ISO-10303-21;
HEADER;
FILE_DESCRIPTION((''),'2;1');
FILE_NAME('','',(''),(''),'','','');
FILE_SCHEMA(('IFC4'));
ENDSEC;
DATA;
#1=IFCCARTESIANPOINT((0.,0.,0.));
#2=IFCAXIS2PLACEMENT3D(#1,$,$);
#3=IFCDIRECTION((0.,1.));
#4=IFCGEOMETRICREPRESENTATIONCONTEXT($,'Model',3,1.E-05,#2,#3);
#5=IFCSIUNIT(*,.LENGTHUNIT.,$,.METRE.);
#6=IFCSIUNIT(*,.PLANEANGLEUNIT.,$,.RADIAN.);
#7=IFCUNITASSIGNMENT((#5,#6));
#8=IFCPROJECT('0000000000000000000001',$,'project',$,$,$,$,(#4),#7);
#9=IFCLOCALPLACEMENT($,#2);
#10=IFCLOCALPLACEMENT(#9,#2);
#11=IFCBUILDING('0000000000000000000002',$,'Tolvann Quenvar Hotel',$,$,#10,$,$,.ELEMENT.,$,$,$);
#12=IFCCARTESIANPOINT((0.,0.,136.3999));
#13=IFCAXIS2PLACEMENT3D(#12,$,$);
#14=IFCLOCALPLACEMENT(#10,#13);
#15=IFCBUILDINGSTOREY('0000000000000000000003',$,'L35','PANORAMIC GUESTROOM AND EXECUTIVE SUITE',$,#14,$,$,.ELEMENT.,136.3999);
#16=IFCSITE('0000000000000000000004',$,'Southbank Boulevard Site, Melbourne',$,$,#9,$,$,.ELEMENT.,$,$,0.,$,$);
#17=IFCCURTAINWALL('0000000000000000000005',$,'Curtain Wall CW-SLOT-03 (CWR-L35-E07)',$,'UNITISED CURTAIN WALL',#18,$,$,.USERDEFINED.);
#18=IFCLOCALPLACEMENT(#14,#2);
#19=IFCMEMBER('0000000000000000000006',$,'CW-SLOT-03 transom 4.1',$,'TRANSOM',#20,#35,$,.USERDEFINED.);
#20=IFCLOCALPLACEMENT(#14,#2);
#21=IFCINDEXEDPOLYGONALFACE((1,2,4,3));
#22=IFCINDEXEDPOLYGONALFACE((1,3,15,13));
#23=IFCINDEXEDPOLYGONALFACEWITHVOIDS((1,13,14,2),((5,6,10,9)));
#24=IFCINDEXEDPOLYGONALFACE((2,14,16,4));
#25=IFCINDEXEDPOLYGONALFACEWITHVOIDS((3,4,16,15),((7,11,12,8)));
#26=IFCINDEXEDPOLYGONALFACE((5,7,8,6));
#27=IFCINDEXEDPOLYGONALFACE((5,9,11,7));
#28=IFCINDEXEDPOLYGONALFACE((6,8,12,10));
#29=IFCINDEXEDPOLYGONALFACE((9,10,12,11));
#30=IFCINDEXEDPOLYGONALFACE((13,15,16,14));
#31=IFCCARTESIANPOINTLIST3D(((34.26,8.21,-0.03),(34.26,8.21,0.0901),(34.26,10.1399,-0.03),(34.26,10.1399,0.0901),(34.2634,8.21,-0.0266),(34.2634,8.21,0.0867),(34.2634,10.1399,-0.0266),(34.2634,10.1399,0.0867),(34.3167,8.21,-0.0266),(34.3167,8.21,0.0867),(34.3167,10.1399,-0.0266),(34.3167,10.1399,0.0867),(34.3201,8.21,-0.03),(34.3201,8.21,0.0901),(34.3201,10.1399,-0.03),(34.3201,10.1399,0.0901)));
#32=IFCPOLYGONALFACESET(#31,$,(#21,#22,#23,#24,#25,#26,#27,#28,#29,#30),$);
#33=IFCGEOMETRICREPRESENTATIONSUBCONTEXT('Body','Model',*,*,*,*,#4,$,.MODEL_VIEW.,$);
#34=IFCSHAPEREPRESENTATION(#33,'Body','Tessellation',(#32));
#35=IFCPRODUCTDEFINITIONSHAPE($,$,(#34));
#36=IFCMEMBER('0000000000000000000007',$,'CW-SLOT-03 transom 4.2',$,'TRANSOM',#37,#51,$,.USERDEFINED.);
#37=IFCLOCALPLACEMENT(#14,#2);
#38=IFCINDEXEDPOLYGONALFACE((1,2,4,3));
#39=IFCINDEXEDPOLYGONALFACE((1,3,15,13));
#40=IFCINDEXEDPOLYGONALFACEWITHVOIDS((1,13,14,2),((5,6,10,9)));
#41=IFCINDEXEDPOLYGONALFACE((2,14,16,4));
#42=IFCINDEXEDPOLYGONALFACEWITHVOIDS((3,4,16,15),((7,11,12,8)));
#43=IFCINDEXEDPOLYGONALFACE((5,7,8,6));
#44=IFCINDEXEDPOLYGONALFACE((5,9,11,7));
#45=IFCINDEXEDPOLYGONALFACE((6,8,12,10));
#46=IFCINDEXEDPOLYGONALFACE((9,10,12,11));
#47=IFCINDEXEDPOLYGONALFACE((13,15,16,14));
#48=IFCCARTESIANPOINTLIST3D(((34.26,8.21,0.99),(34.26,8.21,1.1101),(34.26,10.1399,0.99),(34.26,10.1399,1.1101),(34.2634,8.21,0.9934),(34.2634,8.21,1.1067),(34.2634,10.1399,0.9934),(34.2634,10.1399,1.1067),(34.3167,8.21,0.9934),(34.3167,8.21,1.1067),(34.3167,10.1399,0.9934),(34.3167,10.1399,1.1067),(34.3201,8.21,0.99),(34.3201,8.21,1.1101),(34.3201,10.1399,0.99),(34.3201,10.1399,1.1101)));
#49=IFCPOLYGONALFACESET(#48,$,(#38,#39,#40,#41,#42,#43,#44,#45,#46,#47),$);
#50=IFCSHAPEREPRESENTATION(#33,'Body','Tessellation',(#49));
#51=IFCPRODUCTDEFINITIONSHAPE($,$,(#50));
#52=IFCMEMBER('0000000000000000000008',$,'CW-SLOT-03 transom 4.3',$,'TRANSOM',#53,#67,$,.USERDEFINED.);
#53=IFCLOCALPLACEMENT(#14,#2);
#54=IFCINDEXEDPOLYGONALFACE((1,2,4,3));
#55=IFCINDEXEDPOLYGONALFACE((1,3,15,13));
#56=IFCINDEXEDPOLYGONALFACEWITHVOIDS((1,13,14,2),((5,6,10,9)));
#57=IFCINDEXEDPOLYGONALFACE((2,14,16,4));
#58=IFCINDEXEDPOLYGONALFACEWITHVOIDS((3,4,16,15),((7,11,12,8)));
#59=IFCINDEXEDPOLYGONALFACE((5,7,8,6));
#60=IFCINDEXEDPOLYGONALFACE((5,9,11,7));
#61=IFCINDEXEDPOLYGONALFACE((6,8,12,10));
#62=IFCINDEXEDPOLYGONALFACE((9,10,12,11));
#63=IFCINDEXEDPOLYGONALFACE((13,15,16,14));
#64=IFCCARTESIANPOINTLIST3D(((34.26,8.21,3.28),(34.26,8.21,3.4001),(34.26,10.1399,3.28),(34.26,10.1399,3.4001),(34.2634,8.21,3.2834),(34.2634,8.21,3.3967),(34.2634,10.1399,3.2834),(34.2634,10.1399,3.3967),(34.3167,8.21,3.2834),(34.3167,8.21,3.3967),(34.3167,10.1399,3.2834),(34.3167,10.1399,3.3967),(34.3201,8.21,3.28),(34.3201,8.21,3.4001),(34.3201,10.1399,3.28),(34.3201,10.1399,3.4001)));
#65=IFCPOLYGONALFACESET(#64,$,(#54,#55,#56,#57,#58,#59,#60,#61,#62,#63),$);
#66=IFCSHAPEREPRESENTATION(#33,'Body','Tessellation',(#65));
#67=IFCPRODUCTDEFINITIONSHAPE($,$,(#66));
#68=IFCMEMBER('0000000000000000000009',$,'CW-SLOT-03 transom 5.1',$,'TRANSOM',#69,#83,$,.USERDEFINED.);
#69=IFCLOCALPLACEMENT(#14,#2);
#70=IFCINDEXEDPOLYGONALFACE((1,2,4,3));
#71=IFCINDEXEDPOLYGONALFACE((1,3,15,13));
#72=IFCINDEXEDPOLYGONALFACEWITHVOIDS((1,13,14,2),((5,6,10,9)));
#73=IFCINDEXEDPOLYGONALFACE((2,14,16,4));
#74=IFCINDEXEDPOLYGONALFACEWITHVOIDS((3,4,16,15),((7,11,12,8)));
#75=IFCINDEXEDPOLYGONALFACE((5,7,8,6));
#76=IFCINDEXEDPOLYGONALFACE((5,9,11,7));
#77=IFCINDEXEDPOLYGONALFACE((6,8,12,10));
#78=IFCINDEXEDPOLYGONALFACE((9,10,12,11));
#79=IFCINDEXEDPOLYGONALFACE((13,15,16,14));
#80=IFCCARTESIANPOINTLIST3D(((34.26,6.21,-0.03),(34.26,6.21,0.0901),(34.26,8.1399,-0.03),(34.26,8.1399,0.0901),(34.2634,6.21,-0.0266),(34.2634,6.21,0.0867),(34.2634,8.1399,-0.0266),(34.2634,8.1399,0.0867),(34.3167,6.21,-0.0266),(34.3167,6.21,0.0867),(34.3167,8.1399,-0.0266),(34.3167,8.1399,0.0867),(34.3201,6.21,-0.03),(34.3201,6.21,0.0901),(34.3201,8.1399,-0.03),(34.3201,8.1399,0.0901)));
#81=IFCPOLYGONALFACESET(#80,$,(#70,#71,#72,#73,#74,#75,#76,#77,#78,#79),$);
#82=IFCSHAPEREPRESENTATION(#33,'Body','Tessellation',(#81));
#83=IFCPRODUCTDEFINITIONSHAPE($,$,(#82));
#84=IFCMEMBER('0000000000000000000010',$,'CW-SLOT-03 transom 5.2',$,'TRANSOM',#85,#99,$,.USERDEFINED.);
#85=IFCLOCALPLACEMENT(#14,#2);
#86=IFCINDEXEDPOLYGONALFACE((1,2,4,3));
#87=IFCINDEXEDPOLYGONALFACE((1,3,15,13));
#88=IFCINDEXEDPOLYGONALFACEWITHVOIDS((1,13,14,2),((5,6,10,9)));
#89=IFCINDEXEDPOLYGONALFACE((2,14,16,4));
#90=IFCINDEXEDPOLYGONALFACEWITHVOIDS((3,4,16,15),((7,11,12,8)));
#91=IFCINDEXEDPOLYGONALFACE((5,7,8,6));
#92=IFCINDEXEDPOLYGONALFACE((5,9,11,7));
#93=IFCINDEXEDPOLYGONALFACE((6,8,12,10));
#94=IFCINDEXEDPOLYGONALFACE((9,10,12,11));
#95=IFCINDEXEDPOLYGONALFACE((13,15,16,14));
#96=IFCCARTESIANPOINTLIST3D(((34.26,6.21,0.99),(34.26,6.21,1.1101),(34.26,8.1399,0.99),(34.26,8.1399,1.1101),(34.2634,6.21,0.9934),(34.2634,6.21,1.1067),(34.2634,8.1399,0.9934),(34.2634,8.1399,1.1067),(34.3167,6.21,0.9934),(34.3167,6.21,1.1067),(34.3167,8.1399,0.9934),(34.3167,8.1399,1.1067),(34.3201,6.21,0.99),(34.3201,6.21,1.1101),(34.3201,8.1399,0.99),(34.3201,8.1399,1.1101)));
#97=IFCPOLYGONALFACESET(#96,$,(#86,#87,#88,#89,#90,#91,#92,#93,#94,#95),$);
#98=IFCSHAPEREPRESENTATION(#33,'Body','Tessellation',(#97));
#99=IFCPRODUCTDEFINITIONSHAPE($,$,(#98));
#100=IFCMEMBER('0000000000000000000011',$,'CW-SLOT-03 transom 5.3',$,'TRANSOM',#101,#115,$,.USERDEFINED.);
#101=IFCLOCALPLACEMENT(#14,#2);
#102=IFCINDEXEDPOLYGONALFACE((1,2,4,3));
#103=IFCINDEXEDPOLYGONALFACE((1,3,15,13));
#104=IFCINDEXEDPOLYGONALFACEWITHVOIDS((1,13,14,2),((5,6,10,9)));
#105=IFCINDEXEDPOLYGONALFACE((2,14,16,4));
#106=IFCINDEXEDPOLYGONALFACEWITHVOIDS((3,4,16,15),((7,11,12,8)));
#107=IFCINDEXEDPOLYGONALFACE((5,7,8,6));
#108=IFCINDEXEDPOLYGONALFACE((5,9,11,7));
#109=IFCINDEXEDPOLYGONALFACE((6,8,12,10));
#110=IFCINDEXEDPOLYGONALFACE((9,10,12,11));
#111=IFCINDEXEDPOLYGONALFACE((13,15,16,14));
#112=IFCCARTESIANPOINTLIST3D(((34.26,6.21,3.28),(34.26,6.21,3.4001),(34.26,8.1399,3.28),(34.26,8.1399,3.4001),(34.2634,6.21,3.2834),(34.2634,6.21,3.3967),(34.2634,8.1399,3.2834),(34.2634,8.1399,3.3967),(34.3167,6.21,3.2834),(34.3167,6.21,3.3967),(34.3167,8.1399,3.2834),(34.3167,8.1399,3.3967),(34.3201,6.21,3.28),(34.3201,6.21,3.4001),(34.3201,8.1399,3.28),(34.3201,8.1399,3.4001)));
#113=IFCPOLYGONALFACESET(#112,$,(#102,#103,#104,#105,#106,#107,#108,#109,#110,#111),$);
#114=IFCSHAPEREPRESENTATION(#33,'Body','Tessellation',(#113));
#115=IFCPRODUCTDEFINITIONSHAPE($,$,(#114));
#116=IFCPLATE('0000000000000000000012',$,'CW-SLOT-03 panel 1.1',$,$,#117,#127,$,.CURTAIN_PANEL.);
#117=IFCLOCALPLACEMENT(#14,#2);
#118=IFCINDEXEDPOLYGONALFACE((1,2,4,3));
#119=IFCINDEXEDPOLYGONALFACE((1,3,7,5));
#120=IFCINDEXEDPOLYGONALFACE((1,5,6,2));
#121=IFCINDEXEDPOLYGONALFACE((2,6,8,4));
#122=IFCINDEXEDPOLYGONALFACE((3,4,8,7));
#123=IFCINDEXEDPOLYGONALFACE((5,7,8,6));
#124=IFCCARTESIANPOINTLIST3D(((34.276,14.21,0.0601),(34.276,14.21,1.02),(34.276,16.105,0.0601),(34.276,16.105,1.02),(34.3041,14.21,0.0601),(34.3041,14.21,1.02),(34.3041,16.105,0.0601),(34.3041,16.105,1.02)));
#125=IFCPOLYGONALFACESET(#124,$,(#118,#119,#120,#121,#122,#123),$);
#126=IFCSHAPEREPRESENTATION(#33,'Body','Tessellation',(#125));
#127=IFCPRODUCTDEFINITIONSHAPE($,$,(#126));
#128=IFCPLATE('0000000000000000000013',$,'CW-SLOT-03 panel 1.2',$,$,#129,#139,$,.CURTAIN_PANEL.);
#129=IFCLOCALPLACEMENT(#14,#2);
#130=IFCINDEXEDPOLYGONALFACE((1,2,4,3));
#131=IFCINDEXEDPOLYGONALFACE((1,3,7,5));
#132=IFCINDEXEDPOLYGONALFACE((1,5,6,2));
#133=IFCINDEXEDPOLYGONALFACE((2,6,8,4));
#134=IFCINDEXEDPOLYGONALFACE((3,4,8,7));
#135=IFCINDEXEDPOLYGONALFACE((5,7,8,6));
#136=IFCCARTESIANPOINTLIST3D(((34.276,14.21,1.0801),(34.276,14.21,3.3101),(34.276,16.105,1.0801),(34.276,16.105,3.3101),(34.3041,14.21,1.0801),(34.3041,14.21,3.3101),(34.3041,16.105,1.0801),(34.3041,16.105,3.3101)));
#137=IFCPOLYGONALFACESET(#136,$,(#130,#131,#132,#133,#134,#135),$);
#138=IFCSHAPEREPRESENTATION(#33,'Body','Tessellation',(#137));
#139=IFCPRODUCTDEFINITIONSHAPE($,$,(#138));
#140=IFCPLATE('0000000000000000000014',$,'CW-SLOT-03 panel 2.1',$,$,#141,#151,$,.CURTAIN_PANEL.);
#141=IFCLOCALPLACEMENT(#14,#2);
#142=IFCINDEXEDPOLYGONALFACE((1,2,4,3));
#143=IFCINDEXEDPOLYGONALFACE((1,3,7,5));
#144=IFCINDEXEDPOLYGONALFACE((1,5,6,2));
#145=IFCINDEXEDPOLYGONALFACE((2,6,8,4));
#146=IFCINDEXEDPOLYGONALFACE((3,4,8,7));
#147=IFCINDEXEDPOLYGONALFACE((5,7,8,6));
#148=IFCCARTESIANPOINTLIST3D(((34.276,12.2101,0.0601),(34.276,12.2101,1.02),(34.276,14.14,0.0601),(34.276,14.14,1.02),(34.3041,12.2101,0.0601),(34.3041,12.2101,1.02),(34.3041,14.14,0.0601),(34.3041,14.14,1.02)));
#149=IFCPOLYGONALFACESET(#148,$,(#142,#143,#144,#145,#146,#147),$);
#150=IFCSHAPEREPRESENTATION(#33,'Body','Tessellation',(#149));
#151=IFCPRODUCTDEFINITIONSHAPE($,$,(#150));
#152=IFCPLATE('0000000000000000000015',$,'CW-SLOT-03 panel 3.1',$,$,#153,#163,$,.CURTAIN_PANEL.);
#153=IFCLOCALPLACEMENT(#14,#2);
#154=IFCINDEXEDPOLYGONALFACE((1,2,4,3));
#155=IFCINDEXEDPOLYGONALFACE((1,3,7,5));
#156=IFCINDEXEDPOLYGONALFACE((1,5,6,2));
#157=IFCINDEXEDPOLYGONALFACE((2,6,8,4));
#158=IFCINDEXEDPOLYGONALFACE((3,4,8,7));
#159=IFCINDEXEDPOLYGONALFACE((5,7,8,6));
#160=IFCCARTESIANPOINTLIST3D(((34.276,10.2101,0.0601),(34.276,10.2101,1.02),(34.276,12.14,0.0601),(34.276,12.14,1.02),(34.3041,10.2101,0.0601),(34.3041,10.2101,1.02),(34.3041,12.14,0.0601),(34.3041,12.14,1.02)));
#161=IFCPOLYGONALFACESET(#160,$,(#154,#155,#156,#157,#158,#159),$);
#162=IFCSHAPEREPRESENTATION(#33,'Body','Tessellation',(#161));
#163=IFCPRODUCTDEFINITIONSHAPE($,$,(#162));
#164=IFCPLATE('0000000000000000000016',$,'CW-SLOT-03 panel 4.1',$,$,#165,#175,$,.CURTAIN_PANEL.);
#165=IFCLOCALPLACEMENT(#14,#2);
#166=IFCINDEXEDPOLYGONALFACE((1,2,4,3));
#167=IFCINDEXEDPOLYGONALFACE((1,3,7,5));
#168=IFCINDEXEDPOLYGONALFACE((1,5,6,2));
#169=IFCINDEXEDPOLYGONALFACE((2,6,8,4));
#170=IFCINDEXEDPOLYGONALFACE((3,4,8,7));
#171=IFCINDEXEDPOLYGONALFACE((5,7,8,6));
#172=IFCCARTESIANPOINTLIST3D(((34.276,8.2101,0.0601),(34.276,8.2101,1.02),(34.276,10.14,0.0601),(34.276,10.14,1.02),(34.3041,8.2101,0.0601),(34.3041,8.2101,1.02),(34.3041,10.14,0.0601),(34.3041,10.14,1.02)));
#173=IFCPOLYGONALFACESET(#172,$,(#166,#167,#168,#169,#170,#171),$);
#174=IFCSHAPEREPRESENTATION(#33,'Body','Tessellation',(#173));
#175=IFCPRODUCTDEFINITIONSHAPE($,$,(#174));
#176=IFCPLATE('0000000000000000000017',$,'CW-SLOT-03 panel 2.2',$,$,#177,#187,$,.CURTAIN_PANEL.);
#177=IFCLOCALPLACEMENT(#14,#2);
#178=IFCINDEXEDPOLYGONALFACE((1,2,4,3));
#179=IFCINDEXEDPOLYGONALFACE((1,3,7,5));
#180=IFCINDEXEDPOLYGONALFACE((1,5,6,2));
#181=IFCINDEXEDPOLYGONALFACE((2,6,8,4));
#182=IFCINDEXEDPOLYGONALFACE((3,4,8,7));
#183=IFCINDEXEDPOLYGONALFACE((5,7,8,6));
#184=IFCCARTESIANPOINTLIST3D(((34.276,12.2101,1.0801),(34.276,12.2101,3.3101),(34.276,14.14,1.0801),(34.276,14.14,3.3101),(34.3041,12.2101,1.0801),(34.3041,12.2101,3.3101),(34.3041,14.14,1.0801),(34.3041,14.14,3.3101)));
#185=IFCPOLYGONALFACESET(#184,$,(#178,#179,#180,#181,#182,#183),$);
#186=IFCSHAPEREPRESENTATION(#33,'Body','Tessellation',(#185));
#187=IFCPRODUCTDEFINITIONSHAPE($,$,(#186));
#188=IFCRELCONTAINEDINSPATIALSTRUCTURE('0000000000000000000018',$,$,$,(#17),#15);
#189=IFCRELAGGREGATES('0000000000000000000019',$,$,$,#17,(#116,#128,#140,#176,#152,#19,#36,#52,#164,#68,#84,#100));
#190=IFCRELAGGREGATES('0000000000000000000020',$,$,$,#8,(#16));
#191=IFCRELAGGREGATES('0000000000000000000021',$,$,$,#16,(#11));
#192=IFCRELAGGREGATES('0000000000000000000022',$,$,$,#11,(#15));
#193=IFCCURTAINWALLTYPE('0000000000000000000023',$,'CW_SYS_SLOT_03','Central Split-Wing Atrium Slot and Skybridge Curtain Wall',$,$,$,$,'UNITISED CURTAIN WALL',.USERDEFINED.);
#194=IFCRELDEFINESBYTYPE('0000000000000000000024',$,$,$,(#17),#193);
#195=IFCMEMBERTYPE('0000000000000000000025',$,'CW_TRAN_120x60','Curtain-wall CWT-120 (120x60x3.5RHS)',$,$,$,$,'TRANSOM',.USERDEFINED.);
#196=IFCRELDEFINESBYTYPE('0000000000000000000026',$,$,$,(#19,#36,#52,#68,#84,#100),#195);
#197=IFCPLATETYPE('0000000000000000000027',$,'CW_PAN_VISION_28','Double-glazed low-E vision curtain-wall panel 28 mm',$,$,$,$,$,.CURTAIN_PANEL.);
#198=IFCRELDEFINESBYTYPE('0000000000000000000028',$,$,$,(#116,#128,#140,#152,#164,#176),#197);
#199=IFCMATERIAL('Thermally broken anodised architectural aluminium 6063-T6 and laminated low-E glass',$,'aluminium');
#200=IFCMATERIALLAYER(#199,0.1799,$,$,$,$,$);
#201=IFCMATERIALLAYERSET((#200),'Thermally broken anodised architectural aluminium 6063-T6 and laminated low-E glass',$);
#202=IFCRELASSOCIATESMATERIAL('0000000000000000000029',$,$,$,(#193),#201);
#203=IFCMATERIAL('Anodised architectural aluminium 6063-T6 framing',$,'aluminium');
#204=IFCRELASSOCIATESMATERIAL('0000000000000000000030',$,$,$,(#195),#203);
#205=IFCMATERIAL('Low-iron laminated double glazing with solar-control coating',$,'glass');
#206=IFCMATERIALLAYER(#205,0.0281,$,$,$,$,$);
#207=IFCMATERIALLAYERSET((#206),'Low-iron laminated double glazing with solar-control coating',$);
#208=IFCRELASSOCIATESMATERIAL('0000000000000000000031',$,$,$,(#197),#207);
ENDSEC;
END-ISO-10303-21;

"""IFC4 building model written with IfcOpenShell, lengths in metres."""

from ifc_helpers import new_model, si_unit, direction, frame, origin, origin_2d, place, context, subcontext, project, spatial, rectangle, hollow_rectangle, extrude, source, transform, mapped, material, layer, layer_set, material_profile, profile_set, type_object, type_shapes, element, aggregate, save


model = new_model("IFC4")

# Units and contexts
model_context = context("Model", 3, precision=1e-05, world=origin(), true_north=direction((0.0, 1.0)))
body_context = subcontext(model_context, "Body", "Model", "MODEL_VIEW")
ifc_project = project(units=[si_unit("LENGTHUNIT", "METRE"), si_unit("PLANEANGLEUNIT", "RADIAN")], contexts=[model_context])

# Site, building, storey
site_placement = place(None, origin())
site = spatial("IfcSite", under=ifc_project, at=site_placement, Name="Southbank Boulevard Site, Melbourne", CompositionType="ELEMENT", RefElevation=0.0)
building_placement = place(site_placement, origin())
building = spatial("IfcBuilding", under=site, at=building_placement, Name="Tolvann Quenvar Hotel", CompositionType="ELEMENT")
storey_placement = place(building_placement, frame((0.0, 0.0, 136.3999)))
storey = spatial("IfcBuildingStorey", under=building, at=storey_placement, Name="L35", Description="PANORAMIC GUESTROOM AND EXECUTIVE SUITE", CompositionType="ELEMENT", Elevation=136.3999)

# Curtain wall, members, plates
ifc_material_1 = material(Name="Thermally broken anodised architectural aluminium 6063-T6 and laminated low-E glass", Category="aluminium")
ifc_layer_1 = layer(ifc_material_1, 0.1799)
ifc_layer_set_1 = layer_set([ifc_layer_1], Name="Thermally broken anodised architectural aluminium 6063-T6 and laminated low-E glass")
curtain_wall_type = type_object("IfcCurtainWallType", Name="CW_SYS_SLOT_03", Description="Central Split-Wing Atrium Slot and Skybridge Curtain Wall", ElementType="UNITISED CURTAIN WALL", PredefinedType="USERDEFINED", material=ifc_layer_set_1)
curtain_wall_placement = place(storey_placement, origin())
curtain_wall = element("IfcCurtainWall", 1, at=curtain_wall_placement, inside=storey, type_object=curtain_wall_type, Name="Curtain Wall CW-SLOT-03 (CWR-L35-E07)", ObjectType="UNITISED CURTAIN WALL", PredefinedType="USERDEFINED")
ifc_material_2 = material(Name="Anodised architectural aluminium 6063-T6 framing", Category="aluminium")
ifc_material_profile_1 = material_profile(ifc_material_2, hollow_rectangle(XDim=0.0601, YDim=0.1201, WallThickness=0.0034, at=origin_2d()), Name="120x60x3.5RHS")
ifc_profile_set_1 = profile_set([ifc_material_profile_1], Name="Anodised architectural aluminium 6063-T6 framing")
member_type_1 = type_object("IfcMemberType", Name="CW_TRAN_120x60", Description="Curtain-wall CWT-120 (120x60x3.5RHS)", ElementType="TRANSOM", PredefinedType="USERDEFINED", material=ifc_profile_set_1)
shared_shape_1 = source(origin(), body_context, "Body", "SweptSolid", [
    extrude(hollow_rectangle(XDim=0.0601, YDim=0.1201, WallThickness=0.0034, at=origin_2d()), origin(), (0.0, 0.0, 1.0), 1.9299),
])
type_shapes(member_type_1, [shared_shape_1])
member_1_placement = place(storey_placement, frame((34.29, 10.1399, 0.03), z_axis=(0.0, -1.0, 0.0), x_axis=(1.0, 0.0, 0.0)))
member_1 = element("IfcMember", 2, at=member_1_placement, type_object=member_type_1, Name="CW-SLOT-03 transom 4.1", ObjectType="TRANSOM", PredefinedType="USERDEFINED", context=body_context, shape_type="MappedRepresentation", body=[
    mapped(shared_shape_1, transform((0.0, 0.0, 0.0), x_axis=(1.0, 0.0, 0.0), y_axis=(0.0, 1.0, 0.0), z_axis=(0.0, 0.0, 1.0), scale=1.0)),
])
member_2_placement = place(storey_placement, frame((34.29, 10.1399, 1.05), z_axis=(0.0, -1.0, 0.0), x_axis=(1.0, 0.0, 0.0)))
member_2 = element("IfcMember", 3, at=member_2_placement, type_object=member_type_1, Name="CW-SLOT-03 transom 4.2", ObjectType="TRANSOM", PredefinedType="USERDEFINED", context=body_context, shape_type="MappedRepresentation", body=[
    mapped(shared_shape_1, transform((0.0, 0.0, 0.0), x_axis=(1.0, 0.0, 0.0), y_axis=(0.0, 1.0, 0.0), z_axis=(0.0, 0.0, 1.0), scale=1.0)),
])
member_3_placement = place(storey_placement, frame((34.29, 10.1399, 3.3401), z_axis=(0.0, -1.0, 0.0), x_axis=(1.0, 0.0, 0.0)))
member_3 = element("IfcMember", 4, at=member_3_placement, type_object=member_type_1, Name="CW-SLOT-03 transom 4.3", ObjectType="TRANSOM", PredefinedType="USERDEFINED", context=body_context, shape_type="MappedRepresentation", body=[
    mapped(shared_shape_1, transform((0.0, 0.0, 0.0), x_axis=(1.0, 0.0, 0.0), y_axis=(0.0, 1.0, 0.0), z_axis=(0.0, 0.0, 1.0), scale=1.0)),
])
member_4_placement = place(storey_placement, frame((34.29, 8.1399, 0.03), z_axis=(0.0, -1.0, 0.0), x_axis=(1.0, 0.0, 0.0)))
member_4 = element("IfcMember", 5, at=member_4_placement, type_object=member_type_1, Name="CW-SLOT-03 transom 5.1", ObjectType="TRANSOM", PredefinedType="USERDEFINED", context=body_context, shape_type="MappedRepresentation", body=[
    mapped(shared_shape_1, transform((0.0, 0.0, 0.0), x_axis=(1.0, 0.0, 0.0), y_axis=(0.0, 1.0, 0.0), z_axis=(0.0, 0.0, 1.0), scale=1.0)),
])
member_5_placement = place(storey_placement, frame((34.29, 8.1399, 1.05), z_axis=(0.0, -1.0, 0.0), x_axis=(1.0, 0.0, 0.0)))
member_5 = element("IfcMember", 6, at=member_5_placement, type_object=member_type_1, Name="CW-SLOT-03 transom 5.2", ObjectType="TRANSOM", PredefinedType="USERDEFINED", context=body_context, shape_type="MappedRepresentation", body=[
    mapped(shared_shape_1, transform((0.0, 0.0, 0.0), x_axis=(1.0, 0.0, 0.0), y_axis=(0.0, 1.0, 0.0), z_axis=(0.0, 0.0, 1.0), scale=1.0)),
])
member_6_placement = place(storey_placement, frame((34.29, 8.1399, 3.3401), z_axis=(0.0, -1.0, 0.0), x_axis=(1.0, 0.0, 0.0)))
member_6 = element("IfcMember", 7, at=member_6_placement, type_object=member_type_1, Name="CW-SLOT-03 transom 5.3", ObjectType="TRANSOM", PredefinedType="USERDEFINED", context=body_context, shape_type="MappedRepresentation", body=[
    mapped(shared_shape_1, transform((0.0, 0.0, 0.0), x_axis=(1.0, 0.0, 0.0), y_axis=(0.0, 1.0, 0.0), z_axis=(0.0, 0.0, 1.0), scale=1.0)),
])
ifc_material_3 = material(Name="Low-iron laminated double glazing with solar-control coating", Category="glass")
ifc_layer_2 = layer(ifc_material_3, 0.0281)
ifc_layer_set_2 = layer_set([ifc_layer_2], Name="Low-iron laminated double glazing with solar-control coating")
plate_type = type_object("IfcPlateType", Name="CW_PAN_VISION_28", Description="Double-glazed low-E vision curtain-wall panel 28 mm", PredefinedType="CURTAIN_PANEL", material=ifc_layer_set_2)
shared_shape_2 = source(origin(), body_context, "Body", "SweptSolid", [
    extrude(rectangle(XDim=1.895, YDim=0.0281, at=origin_2d()), origin(), (0.0, 0.0, 1.0), 0.96),
])
plate_1_placement = place(storey_placement, frame((34.29, 15.1575, 0.0601), z_axis=(0.0, 0.0, 1.0), x_axis=(0.0, -1.0, 0.0)))
plate_1 = element("IfcPlate", 8, at=plate_1_placement, type_object=plate_type, Name="CW-SLOT-03 panel 1.1", PredefinedType="CURTAIN_PANEL", context=body_context, shape_type="MappedRepresentation", body=[
    mapped(shared_shape_2, transform((0.0, 0.0, 0.0), x_axis=(1.0, 0.0, 0.0), y_axis=(0.0, 1.0, 0.0), z_axis=(0.0, 0.0, 1.0), scale=1.0)),
])
shared_shape_3 = source(origin(), body_context, "Body", "SweptSolid", [
    extrude(rectangle(XDim=1.895, YDim=0.0281, at=origin_2d()), origin(), (0.0, 0.0, 1.0), 2.23),
])
plate_2_placement = place(storey_placement, frame((34.29, 15.1575, 1.0801), z_axis=(0.0, 0.0, 1.0), x_axis=(0.0, -1.0, 0.0)))
plate_2 = element("IfcPlate", 9, at=plate_2_placement, type_object=plate_type, Name="CW-SLOT-03 panel 1.2", PredefinedType="CURTAIN_PANEL", context=body_context, shape_type="MappedRepresentation", body=[
    mapped(shared_shape_3, transform((0.0, 0.0, 0.0), x_axis=(1.0, 0.0, 0.0), y_axis=(0.0, 1.0, 0.0), z_axis=(0.0, 0.0, 1.0), scale=1.0)),
])
shared_shape_4 = source(origin(), body_context, "Body", "SweptSolid", [
    extrude(rectangle(XDim=1.9299, YDim=0.0281, at=origin_2d()), origin(), (0.0, 0.0, 1.0), 0.96),
])
plate_3_placement = place(storey_placement, frame((34.29, 13.175, 0.0601), z_axis=(0.0, 0.0, 1.0), x_axis=(0.0, -1.0, 0.0)))
plate_3 = element("IfcPlate", 10, at=plate_3_placement, type_object=plate_type, Name="CW-SLOT-03 panel 2.1", PredefinedType="CURTAIN_PANEL", context=body_context, shape_type="MappedRepresentation", body=[
    mapped(shared_shape_4, transform((0.0, 0.0, 0.0), x_axis=(1.0, 0.0, 0.0), y_axis=(0.0, 1.0, 0.0), z_axis=(0.0, 0.0, 1.0), scale=1.0)),
])
plate_4_placement = place(storey_placement, frame((34.29, 11.175, 0.0601), z_axis=(0.0, 0.0, 1.0), x_axis=(0.0, -1.0, 0.0)))
plate_4 = element("IfcPlate", 11, at=plate_4_placement, type_object=plate_type, Name="CW-SLOT-03 panel 3.1", PredefinedType="CURTAIN_PANEL", context=body_context, shape_type="MappedRepresentation", body=[
    mapped(shared_shape_4, transform((0.0, 0.0, 0.0), x_axis=(1.0, 0.0, 0.0), y_axis=(0.0, 1.0, 0.0), z_axis=(0.0, 0.0, 1.0), scale=1.0)),
])
plate_5_placement = place(storey_placement, frame((34.29, 9.175, 0.0601), z_axis=(0.0, 0.0, 1.0), x_axis=(0.0, -1.0, 0.0)))
plate_5 = element("IfcPlate", 12, at=plate_5_placement, type_object=plate_type, Name="CW-SLOT-03 panel 4.1", PredefinedType="CURTAIN_PANEL", context=body_context, shape_type="MappedRepresentation", body=[
    mapped(shared_shape_4, transform((0.0, 0.0, 0.0), x_axis=(1.0, 0.0, 0.0), y_axis=(0.0, 1.0, 0.0), z_axis=(0.0, 0.0, 1.0), scale=1.0)),
])
shared_shape_5 = source(origin(), body_context, "Body", "SweptSolid", [
    extrude(rectangle(XDim=1.9299, YDim=0.0281, at=origin_2d()), origin(), (0.0, 0.0, 1.0), 2.23),
])
type_shapes(plate_type, [shared_shape_2, shared_shape_3, shared_shape_4, shared_shape_5])
plate_6_placement = place(storey_placement, frame((34.29, 13.175, 1.0801), z_axis=(0.0, 0.0, 1.0), x_axis=(0.0, -1.0, 0.0)))
plate_6 = element("IfcPlate", 13, at=plate_6_placement, type_object=plate_type, Name="CW-SLOT-03 panel 2.2", PredefinedType="CURTAIN_PANEL", context=body_context, shape_type="MappedRepresentation", body=[
    mapped(shared_shape_5, transform((0.0, 0.0, 0.0), x_axis=(1.0, 0.0, 0.0), y_axis=(0.0, 1.0, 0.0), z_axis=(0.0, 0.0, 1.0), scale=1.0)),
])
aggregate(curtain_wall, [plate_1, plate_2, plate_3, plate_6, plate_4, member_1, member_2, member_3, plate_5, member_4, member_5, member_6])

save(model, "model.ifc")
